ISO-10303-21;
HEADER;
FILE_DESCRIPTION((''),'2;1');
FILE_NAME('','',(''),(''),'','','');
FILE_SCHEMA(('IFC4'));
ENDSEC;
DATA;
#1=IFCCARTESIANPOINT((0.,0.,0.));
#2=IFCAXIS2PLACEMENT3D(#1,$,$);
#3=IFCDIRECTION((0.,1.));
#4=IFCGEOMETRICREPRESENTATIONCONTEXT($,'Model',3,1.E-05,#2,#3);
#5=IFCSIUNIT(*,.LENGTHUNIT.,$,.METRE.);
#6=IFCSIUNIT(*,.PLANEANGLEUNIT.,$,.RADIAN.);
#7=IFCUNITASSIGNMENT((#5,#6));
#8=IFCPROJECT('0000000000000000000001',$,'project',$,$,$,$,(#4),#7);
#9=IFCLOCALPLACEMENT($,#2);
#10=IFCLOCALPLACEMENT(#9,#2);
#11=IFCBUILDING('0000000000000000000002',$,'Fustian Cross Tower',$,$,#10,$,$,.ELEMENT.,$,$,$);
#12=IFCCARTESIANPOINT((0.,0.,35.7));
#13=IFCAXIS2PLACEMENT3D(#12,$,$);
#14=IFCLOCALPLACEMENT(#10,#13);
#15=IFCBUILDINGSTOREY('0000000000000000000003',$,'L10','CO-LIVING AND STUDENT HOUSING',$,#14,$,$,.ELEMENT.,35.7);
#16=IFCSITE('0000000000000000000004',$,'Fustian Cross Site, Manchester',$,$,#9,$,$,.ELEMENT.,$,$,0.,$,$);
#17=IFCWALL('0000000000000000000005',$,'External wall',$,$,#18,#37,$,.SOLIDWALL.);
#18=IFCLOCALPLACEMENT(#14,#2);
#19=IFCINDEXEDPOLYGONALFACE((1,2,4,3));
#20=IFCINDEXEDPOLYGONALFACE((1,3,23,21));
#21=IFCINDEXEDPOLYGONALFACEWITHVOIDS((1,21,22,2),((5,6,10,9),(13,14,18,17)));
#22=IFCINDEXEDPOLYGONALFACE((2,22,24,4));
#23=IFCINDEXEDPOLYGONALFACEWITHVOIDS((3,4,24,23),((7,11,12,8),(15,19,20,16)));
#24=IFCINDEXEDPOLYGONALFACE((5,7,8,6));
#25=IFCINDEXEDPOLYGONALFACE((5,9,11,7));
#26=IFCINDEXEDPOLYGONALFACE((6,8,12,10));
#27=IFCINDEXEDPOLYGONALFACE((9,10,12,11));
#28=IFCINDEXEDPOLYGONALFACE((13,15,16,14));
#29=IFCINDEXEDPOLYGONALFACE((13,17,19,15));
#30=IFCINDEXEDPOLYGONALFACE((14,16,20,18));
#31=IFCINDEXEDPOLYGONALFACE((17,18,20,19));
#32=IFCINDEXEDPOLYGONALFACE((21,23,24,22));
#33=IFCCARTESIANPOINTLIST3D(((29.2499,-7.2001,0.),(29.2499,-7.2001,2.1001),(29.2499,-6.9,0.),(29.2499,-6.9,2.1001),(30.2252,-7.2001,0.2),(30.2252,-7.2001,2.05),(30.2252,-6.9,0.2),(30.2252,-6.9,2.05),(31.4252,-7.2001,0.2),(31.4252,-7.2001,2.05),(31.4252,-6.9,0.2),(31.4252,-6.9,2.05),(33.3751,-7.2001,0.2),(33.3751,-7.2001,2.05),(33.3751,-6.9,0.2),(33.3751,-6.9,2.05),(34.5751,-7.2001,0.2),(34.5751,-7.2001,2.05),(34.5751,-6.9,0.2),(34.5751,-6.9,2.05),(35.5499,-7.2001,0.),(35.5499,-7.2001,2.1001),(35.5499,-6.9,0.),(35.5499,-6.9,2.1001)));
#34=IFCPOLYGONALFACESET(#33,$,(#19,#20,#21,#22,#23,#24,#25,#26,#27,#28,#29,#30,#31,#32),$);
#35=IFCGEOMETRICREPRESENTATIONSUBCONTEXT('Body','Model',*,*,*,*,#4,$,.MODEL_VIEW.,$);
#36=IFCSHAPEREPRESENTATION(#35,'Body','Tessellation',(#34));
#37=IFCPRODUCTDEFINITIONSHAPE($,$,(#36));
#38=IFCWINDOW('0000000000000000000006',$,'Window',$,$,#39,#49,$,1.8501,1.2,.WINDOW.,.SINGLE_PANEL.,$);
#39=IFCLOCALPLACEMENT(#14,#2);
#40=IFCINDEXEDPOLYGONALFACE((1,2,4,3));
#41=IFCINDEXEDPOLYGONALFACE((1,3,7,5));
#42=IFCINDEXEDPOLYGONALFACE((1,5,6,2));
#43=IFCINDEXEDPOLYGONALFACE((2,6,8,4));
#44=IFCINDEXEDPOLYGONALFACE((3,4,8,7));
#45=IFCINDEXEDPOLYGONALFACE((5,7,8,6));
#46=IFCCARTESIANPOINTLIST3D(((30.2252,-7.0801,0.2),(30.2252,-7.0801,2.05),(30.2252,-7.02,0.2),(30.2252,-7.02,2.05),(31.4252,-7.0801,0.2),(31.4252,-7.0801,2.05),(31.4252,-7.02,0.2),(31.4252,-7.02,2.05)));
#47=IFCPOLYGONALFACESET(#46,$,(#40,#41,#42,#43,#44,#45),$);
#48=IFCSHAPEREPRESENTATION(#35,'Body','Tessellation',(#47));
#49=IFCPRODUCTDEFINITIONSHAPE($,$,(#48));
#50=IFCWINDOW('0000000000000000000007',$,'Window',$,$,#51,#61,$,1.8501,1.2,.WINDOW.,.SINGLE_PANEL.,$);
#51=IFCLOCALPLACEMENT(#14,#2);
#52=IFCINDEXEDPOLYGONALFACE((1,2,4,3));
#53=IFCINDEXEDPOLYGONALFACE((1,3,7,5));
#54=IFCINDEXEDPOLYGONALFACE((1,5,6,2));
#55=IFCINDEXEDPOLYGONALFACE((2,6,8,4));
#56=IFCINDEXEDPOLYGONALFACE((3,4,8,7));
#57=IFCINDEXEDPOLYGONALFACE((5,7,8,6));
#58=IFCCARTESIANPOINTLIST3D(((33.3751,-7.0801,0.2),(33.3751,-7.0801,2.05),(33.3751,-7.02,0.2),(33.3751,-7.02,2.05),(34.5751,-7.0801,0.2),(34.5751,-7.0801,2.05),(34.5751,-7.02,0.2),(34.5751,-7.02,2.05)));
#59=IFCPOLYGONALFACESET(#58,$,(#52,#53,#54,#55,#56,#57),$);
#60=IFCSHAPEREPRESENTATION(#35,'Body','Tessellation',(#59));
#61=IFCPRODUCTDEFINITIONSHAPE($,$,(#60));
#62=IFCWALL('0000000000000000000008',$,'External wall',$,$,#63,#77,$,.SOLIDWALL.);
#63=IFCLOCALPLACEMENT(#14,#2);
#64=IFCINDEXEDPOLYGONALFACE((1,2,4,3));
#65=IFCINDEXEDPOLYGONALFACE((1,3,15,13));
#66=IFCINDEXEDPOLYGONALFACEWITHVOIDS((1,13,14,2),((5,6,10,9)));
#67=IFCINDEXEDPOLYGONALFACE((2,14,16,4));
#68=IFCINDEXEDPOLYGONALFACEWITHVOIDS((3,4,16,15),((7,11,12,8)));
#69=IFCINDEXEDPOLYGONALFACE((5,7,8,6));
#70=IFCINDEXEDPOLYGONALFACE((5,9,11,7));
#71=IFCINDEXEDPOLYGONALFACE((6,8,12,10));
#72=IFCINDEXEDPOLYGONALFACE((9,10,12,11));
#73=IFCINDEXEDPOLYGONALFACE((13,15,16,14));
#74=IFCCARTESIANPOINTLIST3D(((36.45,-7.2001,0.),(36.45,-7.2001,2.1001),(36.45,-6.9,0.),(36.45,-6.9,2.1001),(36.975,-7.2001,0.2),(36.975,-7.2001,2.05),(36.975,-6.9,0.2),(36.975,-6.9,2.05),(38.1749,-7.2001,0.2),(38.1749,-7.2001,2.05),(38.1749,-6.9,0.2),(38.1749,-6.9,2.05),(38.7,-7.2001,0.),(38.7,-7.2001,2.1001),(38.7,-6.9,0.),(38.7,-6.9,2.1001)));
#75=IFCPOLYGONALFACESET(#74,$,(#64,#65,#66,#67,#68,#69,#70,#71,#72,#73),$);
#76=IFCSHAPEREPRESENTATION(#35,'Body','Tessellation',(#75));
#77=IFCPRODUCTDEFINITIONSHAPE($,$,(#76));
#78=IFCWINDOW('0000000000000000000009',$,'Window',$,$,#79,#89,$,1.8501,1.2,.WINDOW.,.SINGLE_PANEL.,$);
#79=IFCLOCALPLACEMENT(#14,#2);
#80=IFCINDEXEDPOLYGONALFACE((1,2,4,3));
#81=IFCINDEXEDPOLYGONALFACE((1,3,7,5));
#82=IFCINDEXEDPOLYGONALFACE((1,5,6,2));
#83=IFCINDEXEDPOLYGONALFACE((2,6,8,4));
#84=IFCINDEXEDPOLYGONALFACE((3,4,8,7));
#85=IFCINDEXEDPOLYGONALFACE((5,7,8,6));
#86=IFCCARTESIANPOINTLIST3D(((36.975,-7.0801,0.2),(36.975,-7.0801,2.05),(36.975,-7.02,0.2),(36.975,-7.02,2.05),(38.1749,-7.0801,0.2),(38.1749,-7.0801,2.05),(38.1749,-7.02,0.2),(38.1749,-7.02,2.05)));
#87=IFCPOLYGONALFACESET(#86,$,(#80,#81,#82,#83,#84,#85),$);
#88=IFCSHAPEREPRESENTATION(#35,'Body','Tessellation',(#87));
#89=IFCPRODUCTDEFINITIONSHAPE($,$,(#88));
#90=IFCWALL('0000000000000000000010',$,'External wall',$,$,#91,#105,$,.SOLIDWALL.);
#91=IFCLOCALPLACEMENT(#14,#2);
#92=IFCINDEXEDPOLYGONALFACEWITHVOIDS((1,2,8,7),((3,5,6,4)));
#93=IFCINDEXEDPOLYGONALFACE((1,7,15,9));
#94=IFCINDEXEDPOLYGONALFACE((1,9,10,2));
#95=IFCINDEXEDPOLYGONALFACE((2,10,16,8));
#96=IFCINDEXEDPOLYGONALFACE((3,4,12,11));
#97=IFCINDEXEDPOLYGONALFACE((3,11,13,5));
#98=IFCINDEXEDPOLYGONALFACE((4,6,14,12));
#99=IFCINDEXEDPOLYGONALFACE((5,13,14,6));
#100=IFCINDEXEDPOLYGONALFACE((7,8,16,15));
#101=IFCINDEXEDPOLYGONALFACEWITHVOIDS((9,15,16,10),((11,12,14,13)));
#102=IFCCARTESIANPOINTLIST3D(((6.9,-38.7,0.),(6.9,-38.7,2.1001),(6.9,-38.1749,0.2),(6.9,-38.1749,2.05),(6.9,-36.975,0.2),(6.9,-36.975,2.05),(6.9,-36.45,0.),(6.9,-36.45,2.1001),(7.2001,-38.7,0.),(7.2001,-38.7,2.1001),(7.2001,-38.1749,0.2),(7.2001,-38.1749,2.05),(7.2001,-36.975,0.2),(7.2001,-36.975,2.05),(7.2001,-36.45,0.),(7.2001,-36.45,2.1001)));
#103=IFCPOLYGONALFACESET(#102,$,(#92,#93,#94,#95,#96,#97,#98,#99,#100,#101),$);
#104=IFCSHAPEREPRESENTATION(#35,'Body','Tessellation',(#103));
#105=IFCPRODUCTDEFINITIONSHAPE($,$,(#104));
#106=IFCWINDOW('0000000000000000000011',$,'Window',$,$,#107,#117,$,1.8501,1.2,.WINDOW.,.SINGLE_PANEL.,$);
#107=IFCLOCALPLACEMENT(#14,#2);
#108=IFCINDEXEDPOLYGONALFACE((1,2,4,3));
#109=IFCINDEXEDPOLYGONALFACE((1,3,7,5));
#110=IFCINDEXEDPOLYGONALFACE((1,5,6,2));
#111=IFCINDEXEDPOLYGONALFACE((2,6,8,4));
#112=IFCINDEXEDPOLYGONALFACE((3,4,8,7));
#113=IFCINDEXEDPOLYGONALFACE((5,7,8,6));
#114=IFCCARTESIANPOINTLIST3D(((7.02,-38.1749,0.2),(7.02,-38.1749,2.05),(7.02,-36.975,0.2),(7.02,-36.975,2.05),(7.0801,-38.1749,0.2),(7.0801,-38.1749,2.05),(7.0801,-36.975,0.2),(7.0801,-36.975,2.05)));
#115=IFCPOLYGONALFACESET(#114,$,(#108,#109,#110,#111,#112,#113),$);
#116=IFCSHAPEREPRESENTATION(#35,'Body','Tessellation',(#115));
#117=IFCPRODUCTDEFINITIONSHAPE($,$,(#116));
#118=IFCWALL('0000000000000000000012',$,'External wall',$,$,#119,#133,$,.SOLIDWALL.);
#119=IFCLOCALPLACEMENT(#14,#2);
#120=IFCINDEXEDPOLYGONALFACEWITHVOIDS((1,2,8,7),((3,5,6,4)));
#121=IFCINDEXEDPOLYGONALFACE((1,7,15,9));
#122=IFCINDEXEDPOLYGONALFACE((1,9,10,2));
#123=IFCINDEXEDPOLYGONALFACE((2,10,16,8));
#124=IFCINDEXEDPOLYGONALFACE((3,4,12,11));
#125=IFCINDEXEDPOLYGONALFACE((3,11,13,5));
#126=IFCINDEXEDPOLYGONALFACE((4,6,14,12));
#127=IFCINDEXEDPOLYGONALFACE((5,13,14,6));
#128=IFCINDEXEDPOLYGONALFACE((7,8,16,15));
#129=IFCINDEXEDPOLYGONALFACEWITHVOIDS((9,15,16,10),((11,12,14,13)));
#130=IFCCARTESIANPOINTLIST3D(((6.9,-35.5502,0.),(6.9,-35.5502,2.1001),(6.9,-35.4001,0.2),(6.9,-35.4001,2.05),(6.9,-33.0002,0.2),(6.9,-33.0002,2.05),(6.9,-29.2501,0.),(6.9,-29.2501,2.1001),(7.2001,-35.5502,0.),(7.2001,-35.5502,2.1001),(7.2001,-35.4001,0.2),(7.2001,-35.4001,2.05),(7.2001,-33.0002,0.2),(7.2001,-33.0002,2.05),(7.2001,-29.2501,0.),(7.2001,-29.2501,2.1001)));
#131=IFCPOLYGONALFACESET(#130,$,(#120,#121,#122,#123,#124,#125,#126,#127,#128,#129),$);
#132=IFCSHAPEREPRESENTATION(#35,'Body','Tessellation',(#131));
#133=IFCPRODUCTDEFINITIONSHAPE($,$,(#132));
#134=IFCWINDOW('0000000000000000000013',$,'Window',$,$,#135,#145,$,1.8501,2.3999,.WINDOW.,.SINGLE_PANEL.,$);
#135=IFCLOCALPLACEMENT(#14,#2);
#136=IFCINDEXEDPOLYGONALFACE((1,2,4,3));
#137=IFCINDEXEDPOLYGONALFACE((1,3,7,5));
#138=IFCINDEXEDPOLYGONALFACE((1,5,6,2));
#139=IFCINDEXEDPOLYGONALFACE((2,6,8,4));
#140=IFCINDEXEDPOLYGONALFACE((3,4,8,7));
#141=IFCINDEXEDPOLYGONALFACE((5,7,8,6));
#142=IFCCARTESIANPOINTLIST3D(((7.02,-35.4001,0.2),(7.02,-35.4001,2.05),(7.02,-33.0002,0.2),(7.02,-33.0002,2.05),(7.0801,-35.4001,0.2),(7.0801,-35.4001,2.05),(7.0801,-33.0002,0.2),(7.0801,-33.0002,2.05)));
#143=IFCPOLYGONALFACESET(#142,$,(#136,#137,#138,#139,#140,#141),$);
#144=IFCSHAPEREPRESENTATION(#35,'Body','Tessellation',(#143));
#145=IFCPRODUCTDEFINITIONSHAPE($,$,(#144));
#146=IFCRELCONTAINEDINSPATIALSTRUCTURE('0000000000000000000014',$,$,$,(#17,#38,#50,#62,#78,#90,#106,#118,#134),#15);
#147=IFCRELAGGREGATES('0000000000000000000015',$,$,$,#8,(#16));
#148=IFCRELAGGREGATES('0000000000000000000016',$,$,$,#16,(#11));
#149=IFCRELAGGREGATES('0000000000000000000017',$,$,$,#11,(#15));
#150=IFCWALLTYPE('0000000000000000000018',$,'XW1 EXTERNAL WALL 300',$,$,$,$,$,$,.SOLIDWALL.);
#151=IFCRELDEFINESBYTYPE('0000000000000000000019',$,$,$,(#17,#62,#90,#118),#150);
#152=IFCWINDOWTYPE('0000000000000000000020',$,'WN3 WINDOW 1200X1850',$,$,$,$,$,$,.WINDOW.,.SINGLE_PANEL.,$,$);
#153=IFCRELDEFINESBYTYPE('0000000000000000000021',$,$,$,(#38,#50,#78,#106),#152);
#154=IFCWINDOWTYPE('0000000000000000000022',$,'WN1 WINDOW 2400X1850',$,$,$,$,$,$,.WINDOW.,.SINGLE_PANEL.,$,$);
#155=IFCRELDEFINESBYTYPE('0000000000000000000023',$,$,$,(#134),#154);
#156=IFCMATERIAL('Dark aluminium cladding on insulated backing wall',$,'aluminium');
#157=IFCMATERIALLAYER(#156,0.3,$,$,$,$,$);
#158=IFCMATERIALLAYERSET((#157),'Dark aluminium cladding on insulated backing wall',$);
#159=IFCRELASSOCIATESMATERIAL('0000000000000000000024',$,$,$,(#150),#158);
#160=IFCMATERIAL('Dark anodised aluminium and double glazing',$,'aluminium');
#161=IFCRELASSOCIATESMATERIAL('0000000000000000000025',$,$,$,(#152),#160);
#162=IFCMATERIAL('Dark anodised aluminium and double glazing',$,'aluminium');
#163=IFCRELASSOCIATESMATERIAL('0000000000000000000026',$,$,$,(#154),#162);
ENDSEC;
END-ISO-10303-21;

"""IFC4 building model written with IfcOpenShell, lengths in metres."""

from ifc_helpers import new_model, si_unit, direction, frame, frame_2d, origin, place, context, subcontext, project, spatial, rectangle, extrude, material, layer, layer_set, type_object, element, fill, save


model = new_model("IFC4")

# Units and contexts
model_context = context("Model", 3, precision=1e-05, world=origin(), true_north=direction((0.0, 1.0)))
body_context = subcontext(model_context, "Body", "Model", "MODEL_VIEW")
ifc_project = project(units=[si_unit("LENGTHUNIT", "METRE"), si_unit("PLANEANGLEUNIT", "RADIAN")], contexts=[model_context])

# Site, building, storey
site_placement = place(None, origin())
site = spatial("IfcSite", under=ifc_project, at=site_placement, Name="Fustian Cross Site, Manchester", CompositionType="ELEMENT", RefElevation=0.0)
building_placement = place(site_placement, origin())
building = spatial("IfcBuilding", under=site, at=building_placement, Name="Fustian Cross Tower", CompositionType="ELEMENT")
storey_placement = place(building_placement, frame((0.0, 0.0, 35.7)))
storey = spatial("IfcBuildingStorey", under=building, at=storey_placement, Name="L10", Description="CO-LIVING AND STUDENT HOUSING", CompositionType="ELEMENT", Elevation=35.7)

# Shared definitions
ifc_material_1 = material(Name="Dark aluminium cladding on insulated backing wall", Category="aluminium")
ifc_layer_1 = layer(ifc_material_1, 0.3)
ifc_layer_set_1 = layer_set([ifc_layer_1], Name="Dark aluminium cladding on insulated backing wall")
wall_type_1 = type_object("IfcWallType", Name="XW1 EXTERNAL WALL 300", PredefinedType="SOLIDWALL", material=ifc_layer_set_1)
ifc_material_2 = material(Name="Dark anodised aluminium and double glazing", Category="aluminium")
window_type_1 = type_object("IfcWindowType", Name="WN3 WINDOW 1200X1850", PartitioningType="SINGLE_PANEL", PredefinedType="WINDOW", material=ifc_material_2)

# Wall, openings, windows
wall_1_placement = place(storey_placement, frame((29.25, -7.05, 0.0), z_axis=(0.0, 0.0, 1.0), x_axis=(1.0, 0.0, 0.0)))
wall_1 = element("IfcWall", 1, at=wall_1_placement, inside=storey, type_object=wall_type_1, Name="External wall", PredefinedType="SOLIDWALL", context=body_context, shape_type="SweptSolid", body=[
    extrude(rectangle(XDim=6.3, YDim=0.3, at=frame_2d((3.1499, 0.0))), origin(), (0.0, 0.0, 1.0), 2.1001),
])
opening_1_placement = place(wall_1_placement, frame((0.9751, 0.0, 0.2)))
opening_1 = element("IfcOpeningElement", 2, at=opening_1_placement, cuts=wall_1, PredefinedType="OPENING", context=body_context, shape_type="SweptSolid", body=[
    extrude(rectangle(XDim=1.2, YDim=1.8501, at=frame_2d((0.6001, 0.925))), frame((0.0, 0.1599, 0.0), z_axis=(0.0, -1.0, 0.0), x_axis=(1.0, 0.0, 0.0)), (0.0, 0.0, 1.0), 0.3201),
])
opening_2_placement = place(wall_1_placement, frame((4.125, 0.0, 0.2)))
opening_2 = element("IfcOpeningElement", 3, at=opening_2_placement, cuts=wall_1, PredefinedType="OPENING", context=body_context, shape_type="SweptSolid", body=[
    extrude(rectangle(XDim=1.2, YDim=1.8501, at=frame_2d((0.6001, 0.925))), frame((0.0, 0.1599, 0.0), z_axis=(0.0, -1.0, 0.0), x_axis=(1.0, 0.0, 0.0)), (0.0, 0.0, 1.0), 0.3201),
])
window_1_placement = place(opening_1_placement, origin())
window_1 = element("IfcWindow", 4, at=window_1_placement, inside=storey, type_object=window_type_1, Name="Window", OverallHeight=1.8501, OverallWidth=1.2, PartitioningType="SINGLE_PANEL", PredefinedType="WINDOW", context=body_context, shape_type="SweptSolid", body=[
    extrude(rectangle(XDim=1.2, YDim=1.8501, at=frame_2d((0.6001, 0.925))), frame((0.0, 0.03, 0.0), z_axis=(0.0, -1.0, 0.0), x_axis=(1.0, 0.0, 0.0)), (0.0, 0.0, 1.0), 0.0601),
])
fill(opening_1, window_1)
window_2_placement = place(opening_2_placement, origin())
window_2 = element("IfcWindow", 5, at=window_2_placement, inside=storey, type_object=window_type_1, Name="Window", OverallHeight=1.8501, OverallWidth=1.2, PartitioningType="SINGLE_PANEL", PredefinedType="WINDOW", context=body_context, shape_type="SweptSolid", body=[
    extrude(rectangle(XDim=1.2, YDim=1.8501, at=frame_2d((0.6001, 0.925))), frame((0.0, 0.03, 0.0), z_axis=(0.0, -1.0, 0.0), x_axis=(1.0, 0.0, 0.0)), (0.0, 0.0, 1.0), 0.0601),
])
fill(opening_2, window_2)

# Walls, openings, windows
wall_2_placement = place(storey_placement, frame((36.45, -7.05, 0.0), z_axis=(0.0, 0.0, 1.0), x_axis=(1.0, 0.0, 0.0)))
wall_2 = element("IfcWall", 6, at=wall_2_placement, inside=storey, type_object=wall_type_1, Name="External wall", PredefinedType="SOLIDWALL", context=body_context, shape_type="SweptSolid", body=[
    extrude(rectangle(XDim=2.25, YDim=0.3, at=frame_2d((1.125, 0.0))), origin(), (0.0, 0.0, 1.0), 2.1001),
])
opening_3_placement = place(wall_2_placement, frame((0.5249, 0.0, 0.2)))
opening_3 = element("IfcOpeningElement", 7, at=opening_3_placement, cuts=wall_2, PredefinedType="OPENING", context=body_context, shape_type="SweptSolid", body=[
    extrude(rectangle(XDim=1.2, YDim=1.8501, at=frame_2d((0.6001, 0.925))), frame((0.0, 0.1599, 0.0), z_axis=(0.0, -1.0, 0.0), x_axis=(1.0, 0.0, 0.0)), (0.0, 0.0, 1.0), 0.3201),
])
window_3_placement = place(opening_3_placement, origin())
window_3 = element("IfcWindow", 8, at=window_3_placement, inside=storey, type_object=window_type_1, Name="Window", OverallHeight=1.8501, OverallWidth=1.2, PartitioningType="SINGLE_PANEL", PredefinedType="WINDOW", context=body_context, shape_type="SweptSolid", body=[
    extrude(rectangle(XDim=1.2, YDim=1.8501, at=frame_2d((0.6001, 0.925))), frame((0.0, 0.03, 0.0), z_axis=(0.0, -1.0, 0.0), x_axis=(1.0, 0.0, 0.0)), (0.0, 0.0, 1.0), 0.0601),
])
fill(opening_3, window_3)
wall_3_placement = place(storey_placement, frame((7.05, -38.7, 0.0), z_axis=(0.0, 0.0, 1.0), x_axis=(0.0, 1.0, 0.0)))
wall_3 = element("IfcWall", 9, at=wall_3_placement, inside=storey, type_object=wall_type_1, Name="External wall", PredefinedType="SOLIDWALL", context=body_context, shape_type="SweptSolid", body=[
    extrude(rectangle(XDim=2.25, YDim=0.3, at=frame_2d((1.125, 0.0))), origin(), (0.0, 0.0, 1.0), 2.1001),
])
opening_4_placement = place(wall_3_placement, frame((0.5249, 0.0, 0.2)))
opening_4 = element("IfcOpeningElement", 10, at=opening_4_placement, cuts=wall_3, PredefinedType="OPENING", context=body_context, shape_type="SweptSolid", body=[
    extrude(rectangle(XDim=1.2, YDim=1.8501, at=frame_2d((0.6001, 0.925))), frame((0.0, 0.1599, 0.0), z_axis=(0.0, -1.0, 0.0), x_axis=(1.0, 0.0, 0.0)), (0.0, 0.0, 1.0), 0.3201),
])
window_4_placement = place(opening_4_placement, origin())
window_4 = element("IfcWindow", 11, at=window_4_placement, inside=storey, type_object=window_type_1, Name="Window", OverallHeight=1.8501, OverallWidth=1.2, PartitioningType="SINGLE_PANEL", PredefinedType="WINDOW", context=body_context, shape_type="SweptSolid", body=[
    extrude(rectangle(XDim=1.2, YDim=1.8501, at=frame_2d((0.6001, 0.925))), frame((0.0, 0.03, 0.0), z_axis=(0.0, -1.0, 0.0), x_axis=(1.0, 0.0, 0.0)), (0.0, 0.0, 1.0), 0.0601),
])
fill(opening_4, window_4)
wall_4_placement = place(storey_placement, frame((7.05, -35.55, 0.0), z_axis=(0.0, 0.0, 1.0), x_axis=(0.0, 1.0, 0.0)))
wall_4 = element("IfcWall", 12, at=wall_4_placement, inside=storey, type_object=wall_type_1, Name="External wall", PredefinedType="SOLIDWALL", context=body_context, shape_type="SweptSolid", body=[
    extrude(rectangle(XDim=6.3, YDim=0.3, at=frame_2d((3.1499, 0.0))), origin(), (0.0, 0.0, 1.0), 2.1001),
])
opening_5_placement = place(wall_4_placement, frame((0.1499, 0.0, 0.2)))
opening_5 = element("IfcOpeningElement", 13, at=opening_5_placement, cuts=wall_4, PredefinedType="OPENING", context=body_context, shape_type="SweptSolid", body=[
    extrude(rectangle(XDim=2.3999, YDim=1.8501, at=frame_2d((1.2, 0.925))), frame((0.0, 0.1599, 0.0), z_axis=(0.0, -1.0, 0.0), x_axis=(1.0, 0.0, 0.0)), (0.0, 0.0, 1.0), 0.3201),
])
ifc_material_3 = material(Name="Dark anodised aluminium and double glazing", Category="aluminium")
window_type_2 = type_object("IfcWindowType", Name="WN1 WINDOW 2400X1850", PartitioningType="SINGLE_PANEL", PredefinedType="WINDOW", material=ifc_material_3)
window_5_placement = place(opening_5_placement, origin())
window_5 = element("IfcWindow", 14, at=window_5_placement, inside=storey, type_object=window_type_2, Name="Window", OverallHeight=1.8501, OverallWidth=2.3999, PartitioningType="SINGLE_PANEL", PredefinedType="WINDOW", context=body_context, shape_type="SweptSolid", body=[
    extrude(rectangle(XDim=2.3999, YDim=1.8501, at=frame_2d((1.2, 0.925))), frame((0.0, 0.03, 0.0), z_axis=(0.0, -1.0, 0.0), x_axis=(1.0, 0.0, 0.0)), (0.0, 0.0, 1.0), 0.0601),
])
fill(opening_5, window_5)

save(model, "model.ifc")
